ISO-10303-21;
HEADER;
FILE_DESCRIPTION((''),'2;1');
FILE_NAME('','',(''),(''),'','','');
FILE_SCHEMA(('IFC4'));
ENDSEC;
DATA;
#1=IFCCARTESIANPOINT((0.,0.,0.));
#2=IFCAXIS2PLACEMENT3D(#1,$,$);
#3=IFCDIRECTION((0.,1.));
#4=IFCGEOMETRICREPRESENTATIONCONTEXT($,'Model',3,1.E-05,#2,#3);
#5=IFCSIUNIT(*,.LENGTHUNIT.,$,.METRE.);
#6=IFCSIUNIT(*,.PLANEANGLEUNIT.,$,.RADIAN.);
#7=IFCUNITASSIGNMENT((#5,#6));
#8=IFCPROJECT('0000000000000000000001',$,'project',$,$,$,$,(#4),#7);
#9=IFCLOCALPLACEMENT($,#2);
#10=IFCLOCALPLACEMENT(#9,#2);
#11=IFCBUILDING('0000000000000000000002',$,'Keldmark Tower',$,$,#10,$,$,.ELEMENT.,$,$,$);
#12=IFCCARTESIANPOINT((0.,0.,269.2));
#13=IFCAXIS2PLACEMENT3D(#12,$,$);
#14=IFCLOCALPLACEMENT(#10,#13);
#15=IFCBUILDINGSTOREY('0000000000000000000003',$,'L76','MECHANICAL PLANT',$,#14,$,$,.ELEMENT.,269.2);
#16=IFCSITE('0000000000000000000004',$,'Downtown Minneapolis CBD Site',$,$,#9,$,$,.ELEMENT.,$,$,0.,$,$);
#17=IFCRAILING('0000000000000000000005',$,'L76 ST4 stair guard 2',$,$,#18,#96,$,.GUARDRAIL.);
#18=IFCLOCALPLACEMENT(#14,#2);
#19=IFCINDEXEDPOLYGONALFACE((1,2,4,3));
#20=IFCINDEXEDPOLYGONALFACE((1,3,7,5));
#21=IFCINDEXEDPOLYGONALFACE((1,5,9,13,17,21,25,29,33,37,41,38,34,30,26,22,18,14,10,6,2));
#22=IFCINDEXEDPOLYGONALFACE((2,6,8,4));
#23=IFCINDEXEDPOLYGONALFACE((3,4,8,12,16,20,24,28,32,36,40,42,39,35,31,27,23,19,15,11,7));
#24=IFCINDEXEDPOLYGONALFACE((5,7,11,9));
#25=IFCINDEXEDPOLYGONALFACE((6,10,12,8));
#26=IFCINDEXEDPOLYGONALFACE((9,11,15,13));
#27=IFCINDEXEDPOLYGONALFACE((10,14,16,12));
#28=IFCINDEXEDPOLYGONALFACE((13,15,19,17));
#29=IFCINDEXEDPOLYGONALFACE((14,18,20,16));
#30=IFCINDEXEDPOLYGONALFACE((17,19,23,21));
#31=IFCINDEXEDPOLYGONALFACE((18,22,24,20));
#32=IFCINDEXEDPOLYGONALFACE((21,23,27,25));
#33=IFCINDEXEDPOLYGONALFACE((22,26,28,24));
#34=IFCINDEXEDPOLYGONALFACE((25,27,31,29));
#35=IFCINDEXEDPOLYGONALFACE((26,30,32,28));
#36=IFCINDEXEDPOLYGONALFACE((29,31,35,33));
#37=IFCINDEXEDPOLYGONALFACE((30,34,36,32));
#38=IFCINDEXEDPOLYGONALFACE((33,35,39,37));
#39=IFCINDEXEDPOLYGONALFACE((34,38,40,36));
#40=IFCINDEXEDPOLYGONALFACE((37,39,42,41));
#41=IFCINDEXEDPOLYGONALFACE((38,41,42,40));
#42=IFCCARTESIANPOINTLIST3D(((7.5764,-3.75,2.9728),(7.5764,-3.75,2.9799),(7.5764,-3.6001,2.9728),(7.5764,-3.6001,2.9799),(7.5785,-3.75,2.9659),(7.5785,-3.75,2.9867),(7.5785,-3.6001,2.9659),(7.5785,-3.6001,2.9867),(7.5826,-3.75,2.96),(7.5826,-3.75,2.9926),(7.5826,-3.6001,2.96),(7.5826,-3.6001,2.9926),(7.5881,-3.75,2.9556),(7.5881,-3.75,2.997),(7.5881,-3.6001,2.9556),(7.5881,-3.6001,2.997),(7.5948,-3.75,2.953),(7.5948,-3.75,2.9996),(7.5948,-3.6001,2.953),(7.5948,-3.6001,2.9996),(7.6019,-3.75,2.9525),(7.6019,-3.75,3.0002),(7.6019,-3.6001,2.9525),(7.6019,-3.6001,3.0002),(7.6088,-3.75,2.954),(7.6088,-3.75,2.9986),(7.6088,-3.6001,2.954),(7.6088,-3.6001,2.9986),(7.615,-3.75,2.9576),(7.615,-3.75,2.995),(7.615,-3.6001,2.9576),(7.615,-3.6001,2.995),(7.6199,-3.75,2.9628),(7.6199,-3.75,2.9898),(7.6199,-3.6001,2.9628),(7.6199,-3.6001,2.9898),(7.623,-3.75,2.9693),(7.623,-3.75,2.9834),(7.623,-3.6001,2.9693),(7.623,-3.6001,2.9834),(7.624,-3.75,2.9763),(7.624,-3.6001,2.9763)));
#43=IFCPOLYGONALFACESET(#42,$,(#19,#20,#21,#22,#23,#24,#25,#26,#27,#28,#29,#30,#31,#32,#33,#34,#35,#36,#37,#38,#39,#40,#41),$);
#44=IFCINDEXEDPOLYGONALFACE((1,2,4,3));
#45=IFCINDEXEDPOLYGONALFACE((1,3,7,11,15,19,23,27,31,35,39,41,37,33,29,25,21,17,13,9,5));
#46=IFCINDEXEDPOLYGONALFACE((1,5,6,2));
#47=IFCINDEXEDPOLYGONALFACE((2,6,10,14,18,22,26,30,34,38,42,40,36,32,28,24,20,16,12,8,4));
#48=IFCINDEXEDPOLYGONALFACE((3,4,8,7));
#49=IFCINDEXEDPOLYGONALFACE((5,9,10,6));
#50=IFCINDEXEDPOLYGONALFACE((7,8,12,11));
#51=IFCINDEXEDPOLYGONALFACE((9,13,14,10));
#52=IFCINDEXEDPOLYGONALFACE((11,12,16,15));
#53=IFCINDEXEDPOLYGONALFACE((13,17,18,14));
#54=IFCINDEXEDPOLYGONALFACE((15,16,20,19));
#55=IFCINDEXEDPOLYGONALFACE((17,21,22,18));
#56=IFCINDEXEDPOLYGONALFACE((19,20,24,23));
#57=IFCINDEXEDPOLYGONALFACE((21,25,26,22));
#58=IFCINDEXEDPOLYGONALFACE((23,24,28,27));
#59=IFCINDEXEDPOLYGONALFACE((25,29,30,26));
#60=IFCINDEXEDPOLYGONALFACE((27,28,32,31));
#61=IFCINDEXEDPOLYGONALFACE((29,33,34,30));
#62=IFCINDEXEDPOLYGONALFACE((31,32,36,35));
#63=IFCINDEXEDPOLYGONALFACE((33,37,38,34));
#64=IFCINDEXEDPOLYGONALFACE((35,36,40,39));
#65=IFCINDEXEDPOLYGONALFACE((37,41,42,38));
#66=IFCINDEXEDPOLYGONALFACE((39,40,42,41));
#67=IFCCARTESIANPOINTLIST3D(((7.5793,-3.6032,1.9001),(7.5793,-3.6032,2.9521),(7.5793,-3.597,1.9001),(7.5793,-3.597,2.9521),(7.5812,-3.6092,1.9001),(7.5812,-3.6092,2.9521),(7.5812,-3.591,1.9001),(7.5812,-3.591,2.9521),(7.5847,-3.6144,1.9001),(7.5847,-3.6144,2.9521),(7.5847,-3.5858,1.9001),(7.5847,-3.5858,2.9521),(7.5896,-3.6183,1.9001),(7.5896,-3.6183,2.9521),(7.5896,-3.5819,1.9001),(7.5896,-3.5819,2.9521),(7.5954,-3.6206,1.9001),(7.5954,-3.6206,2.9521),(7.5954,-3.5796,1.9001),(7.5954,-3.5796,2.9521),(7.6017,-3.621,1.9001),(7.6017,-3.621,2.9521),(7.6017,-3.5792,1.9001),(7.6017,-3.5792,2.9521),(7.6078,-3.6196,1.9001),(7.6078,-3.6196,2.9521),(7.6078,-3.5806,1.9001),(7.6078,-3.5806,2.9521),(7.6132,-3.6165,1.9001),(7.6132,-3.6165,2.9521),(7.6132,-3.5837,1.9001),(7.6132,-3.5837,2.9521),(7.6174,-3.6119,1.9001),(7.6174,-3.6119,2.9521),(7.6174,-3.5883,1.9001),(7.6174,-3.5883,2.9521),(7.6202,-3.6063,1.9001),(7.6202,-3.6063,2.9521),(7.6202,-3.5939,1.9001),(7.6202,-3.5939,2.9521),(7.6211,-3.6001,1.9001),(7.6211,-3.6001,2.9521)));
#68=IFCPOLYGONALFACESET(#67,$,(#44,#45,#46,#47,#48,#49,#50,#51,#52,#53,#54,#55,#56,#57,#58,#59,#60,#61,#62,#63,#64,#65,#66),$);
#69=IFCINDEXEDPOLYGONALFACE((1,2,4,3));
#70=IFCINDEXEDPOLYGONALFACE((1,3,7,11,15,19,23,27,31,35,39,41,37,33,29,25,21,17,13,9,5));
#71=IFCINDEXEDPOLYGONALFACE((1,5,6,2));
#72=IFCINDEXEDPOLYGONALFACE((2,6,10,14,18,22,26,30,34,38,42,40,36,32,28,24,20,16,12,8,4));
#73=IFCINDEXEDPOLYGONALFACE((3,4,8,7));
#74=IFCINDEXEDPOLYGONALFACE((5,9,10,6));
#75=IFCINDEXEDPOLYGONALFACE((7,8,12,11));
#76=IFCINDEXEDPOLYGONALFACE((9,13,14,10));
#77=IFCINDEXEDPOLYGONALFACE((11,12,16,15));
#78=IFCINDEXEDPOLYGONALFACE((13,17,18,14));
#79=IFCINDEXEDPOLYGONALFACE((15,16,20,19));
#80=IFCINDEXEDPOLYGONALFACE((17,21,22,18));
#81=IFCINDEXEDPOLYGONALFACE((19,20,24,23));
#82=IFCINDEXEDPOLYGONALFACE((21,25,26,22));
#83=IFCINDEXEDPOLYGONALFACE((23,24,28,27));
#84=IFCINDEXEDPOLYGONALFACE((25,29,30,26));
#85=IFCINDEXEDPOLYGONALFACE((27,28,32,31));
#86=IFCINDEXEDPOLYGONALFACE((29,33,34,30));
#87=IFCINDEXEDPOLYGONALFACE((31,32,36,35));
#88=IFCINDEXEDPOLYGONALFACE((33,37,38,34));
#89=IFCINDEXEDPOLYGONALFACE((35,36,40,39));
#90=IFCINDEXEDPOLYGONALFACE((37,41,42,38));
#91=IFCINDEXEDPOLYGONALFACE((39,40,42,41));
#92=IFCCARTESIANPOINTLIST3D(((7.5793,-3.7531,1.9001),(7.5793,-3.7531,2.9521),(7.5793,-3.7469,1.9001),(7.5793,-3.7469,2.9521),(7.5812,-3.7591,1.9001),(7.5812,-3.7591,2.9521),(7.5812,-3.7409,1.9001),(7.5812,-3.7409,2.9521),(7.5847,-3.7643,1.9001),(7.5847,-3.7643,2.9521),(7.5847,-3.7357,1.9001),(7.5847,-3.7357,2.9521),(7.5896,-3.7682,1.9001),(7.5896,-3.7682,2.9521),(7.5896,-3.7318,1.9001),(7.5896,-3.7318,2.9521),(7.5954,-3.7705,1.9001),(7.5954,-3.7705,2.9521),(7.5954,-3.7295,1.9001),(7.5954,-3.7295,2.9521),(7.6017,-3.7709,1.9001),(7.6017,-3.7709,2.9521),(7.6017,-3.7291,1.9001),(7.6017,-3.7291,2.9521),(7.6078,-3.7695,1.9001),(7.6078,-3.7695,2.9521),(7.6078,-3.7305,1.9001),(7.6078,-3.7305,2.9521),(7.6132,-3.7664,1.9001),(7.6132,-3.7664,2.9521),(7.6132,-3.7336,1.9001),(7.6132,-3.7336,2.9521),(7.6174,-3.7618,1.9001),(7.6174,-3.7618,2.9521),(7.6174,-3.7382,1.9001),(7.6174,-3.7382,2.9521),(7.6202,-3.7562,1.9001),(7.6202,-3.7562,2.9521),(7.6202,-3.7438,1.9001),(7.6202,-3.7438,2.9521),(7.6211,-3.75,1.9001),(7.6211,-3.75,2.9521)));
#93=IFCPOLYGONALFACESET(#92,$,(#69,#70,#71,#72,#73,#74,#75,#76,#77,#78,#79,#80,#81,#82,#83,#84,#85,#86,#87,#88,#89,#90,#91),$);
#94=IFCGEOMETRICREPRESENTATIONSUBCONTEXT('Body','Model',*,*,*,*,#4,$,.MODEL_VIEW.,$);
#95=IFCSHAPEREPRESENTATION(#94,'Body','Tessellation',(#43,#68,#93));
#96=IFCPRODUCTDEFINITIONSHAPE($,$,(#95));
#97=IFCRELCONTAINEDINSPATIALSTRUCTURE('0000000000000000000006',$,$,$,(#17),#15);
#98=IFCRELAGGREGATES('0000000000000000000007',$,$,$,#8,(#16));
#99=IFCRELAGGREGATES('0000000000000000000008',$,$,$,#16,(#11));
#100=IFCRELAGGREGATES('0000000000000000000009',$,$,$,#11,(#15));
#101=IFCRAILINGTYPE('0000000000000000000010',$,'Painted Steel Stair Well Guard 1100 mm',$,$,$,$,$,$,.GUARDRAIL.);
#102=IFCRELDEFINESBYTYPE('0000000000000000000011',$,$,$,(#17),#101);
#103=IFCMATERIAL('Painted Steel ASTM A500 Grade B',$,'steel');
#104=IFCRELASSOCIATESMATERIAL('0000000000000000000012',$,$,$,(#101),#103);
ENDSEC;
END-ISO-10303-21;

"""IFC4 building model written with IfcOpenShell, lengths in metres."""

from ifc_helpers import new_model, si_unit, direction, frame, origin, origin_2d, place, context, subcontext, project, spatial, circle, extrude, material, type_object, element, save


model = new_model("IFC4")

# Units and contexts
model_context = context("Model", 3, precision=1e-05, world=origin(), true_north=direction((0.0, 1.0)))
body_context = subcontext(model_context, "Body", "Model", "MODEL_VIEW")
ifc_project = project(units=[si_unit("LENGTHUNIT", "METRE"), si_unit("PLANEANGLEUNIT", "RADIAN")], contexts=[model_context])

# Site, building, storey
site_placement = place(None, origin())
site = spatial("IfcSite", under=ifc_project, at=site_placement, Name="Downtown Minneapolis CBD Site", CompositionType="ELEMENT", RefElevation=0.0)
building_placement = place(site_placement, origin())
building = spatial("IfcBuilding", under=site, at=building_placement, Name="Keldmark Tower", CompositionType="ELEMENT")
storey_placement = place(building_placement, frame((0.0, 0.0, 269.2)))
storey = spatial("IfcBuildingStorey", under=building, at=storey_placement, Name="L76", Description="MECHANICAL PLANT", CompositionType="ELEMENT", Elevation=269.2)

# Railing
ifc_material_1 = material(Name="Painted Steel ASTM A500 Grade B", Category="steel")
railing_type_1 = type_object("IfcRailingType", Name="Painted Steel Stair Well Guard 1100 mm", PredefinedType="GUARDRAIL", material=ifc_material_1)
railing_1_placement = place(storey_placement, frame((7.6001, -3.6001, 1.9001)))
element("IfcRailing", 1, at=railing_1_placement, inside=storey, type_object=railing_type_1, Name="L76 ST4 stair guard 2", PredefinedType="GUARDRAIL", context=body_context, shape_type="SweptSolid", body=[
    extrude(circle(Radius=0.0239, at=origin_2d()), frame((0.0, 0.0, 1.0762), z_axis=(0.0, -1.0, 0.0), x_axis=(1.0, 0.0, 0.0)), (0.0, 0.0, 1.0), 0.1499),
    extrude(circle(Radius=0.021, at=origin_2d()), origin(), (0.0, 0.0, 1.0), 1.052),
    extrude(circle(Radius=0.021, at=origin_2d()), frame((0.0, -0.1499, 0.0)), (0.0, 0.0, 1.0), 1.052),
])

save(model, "model.ifc")
